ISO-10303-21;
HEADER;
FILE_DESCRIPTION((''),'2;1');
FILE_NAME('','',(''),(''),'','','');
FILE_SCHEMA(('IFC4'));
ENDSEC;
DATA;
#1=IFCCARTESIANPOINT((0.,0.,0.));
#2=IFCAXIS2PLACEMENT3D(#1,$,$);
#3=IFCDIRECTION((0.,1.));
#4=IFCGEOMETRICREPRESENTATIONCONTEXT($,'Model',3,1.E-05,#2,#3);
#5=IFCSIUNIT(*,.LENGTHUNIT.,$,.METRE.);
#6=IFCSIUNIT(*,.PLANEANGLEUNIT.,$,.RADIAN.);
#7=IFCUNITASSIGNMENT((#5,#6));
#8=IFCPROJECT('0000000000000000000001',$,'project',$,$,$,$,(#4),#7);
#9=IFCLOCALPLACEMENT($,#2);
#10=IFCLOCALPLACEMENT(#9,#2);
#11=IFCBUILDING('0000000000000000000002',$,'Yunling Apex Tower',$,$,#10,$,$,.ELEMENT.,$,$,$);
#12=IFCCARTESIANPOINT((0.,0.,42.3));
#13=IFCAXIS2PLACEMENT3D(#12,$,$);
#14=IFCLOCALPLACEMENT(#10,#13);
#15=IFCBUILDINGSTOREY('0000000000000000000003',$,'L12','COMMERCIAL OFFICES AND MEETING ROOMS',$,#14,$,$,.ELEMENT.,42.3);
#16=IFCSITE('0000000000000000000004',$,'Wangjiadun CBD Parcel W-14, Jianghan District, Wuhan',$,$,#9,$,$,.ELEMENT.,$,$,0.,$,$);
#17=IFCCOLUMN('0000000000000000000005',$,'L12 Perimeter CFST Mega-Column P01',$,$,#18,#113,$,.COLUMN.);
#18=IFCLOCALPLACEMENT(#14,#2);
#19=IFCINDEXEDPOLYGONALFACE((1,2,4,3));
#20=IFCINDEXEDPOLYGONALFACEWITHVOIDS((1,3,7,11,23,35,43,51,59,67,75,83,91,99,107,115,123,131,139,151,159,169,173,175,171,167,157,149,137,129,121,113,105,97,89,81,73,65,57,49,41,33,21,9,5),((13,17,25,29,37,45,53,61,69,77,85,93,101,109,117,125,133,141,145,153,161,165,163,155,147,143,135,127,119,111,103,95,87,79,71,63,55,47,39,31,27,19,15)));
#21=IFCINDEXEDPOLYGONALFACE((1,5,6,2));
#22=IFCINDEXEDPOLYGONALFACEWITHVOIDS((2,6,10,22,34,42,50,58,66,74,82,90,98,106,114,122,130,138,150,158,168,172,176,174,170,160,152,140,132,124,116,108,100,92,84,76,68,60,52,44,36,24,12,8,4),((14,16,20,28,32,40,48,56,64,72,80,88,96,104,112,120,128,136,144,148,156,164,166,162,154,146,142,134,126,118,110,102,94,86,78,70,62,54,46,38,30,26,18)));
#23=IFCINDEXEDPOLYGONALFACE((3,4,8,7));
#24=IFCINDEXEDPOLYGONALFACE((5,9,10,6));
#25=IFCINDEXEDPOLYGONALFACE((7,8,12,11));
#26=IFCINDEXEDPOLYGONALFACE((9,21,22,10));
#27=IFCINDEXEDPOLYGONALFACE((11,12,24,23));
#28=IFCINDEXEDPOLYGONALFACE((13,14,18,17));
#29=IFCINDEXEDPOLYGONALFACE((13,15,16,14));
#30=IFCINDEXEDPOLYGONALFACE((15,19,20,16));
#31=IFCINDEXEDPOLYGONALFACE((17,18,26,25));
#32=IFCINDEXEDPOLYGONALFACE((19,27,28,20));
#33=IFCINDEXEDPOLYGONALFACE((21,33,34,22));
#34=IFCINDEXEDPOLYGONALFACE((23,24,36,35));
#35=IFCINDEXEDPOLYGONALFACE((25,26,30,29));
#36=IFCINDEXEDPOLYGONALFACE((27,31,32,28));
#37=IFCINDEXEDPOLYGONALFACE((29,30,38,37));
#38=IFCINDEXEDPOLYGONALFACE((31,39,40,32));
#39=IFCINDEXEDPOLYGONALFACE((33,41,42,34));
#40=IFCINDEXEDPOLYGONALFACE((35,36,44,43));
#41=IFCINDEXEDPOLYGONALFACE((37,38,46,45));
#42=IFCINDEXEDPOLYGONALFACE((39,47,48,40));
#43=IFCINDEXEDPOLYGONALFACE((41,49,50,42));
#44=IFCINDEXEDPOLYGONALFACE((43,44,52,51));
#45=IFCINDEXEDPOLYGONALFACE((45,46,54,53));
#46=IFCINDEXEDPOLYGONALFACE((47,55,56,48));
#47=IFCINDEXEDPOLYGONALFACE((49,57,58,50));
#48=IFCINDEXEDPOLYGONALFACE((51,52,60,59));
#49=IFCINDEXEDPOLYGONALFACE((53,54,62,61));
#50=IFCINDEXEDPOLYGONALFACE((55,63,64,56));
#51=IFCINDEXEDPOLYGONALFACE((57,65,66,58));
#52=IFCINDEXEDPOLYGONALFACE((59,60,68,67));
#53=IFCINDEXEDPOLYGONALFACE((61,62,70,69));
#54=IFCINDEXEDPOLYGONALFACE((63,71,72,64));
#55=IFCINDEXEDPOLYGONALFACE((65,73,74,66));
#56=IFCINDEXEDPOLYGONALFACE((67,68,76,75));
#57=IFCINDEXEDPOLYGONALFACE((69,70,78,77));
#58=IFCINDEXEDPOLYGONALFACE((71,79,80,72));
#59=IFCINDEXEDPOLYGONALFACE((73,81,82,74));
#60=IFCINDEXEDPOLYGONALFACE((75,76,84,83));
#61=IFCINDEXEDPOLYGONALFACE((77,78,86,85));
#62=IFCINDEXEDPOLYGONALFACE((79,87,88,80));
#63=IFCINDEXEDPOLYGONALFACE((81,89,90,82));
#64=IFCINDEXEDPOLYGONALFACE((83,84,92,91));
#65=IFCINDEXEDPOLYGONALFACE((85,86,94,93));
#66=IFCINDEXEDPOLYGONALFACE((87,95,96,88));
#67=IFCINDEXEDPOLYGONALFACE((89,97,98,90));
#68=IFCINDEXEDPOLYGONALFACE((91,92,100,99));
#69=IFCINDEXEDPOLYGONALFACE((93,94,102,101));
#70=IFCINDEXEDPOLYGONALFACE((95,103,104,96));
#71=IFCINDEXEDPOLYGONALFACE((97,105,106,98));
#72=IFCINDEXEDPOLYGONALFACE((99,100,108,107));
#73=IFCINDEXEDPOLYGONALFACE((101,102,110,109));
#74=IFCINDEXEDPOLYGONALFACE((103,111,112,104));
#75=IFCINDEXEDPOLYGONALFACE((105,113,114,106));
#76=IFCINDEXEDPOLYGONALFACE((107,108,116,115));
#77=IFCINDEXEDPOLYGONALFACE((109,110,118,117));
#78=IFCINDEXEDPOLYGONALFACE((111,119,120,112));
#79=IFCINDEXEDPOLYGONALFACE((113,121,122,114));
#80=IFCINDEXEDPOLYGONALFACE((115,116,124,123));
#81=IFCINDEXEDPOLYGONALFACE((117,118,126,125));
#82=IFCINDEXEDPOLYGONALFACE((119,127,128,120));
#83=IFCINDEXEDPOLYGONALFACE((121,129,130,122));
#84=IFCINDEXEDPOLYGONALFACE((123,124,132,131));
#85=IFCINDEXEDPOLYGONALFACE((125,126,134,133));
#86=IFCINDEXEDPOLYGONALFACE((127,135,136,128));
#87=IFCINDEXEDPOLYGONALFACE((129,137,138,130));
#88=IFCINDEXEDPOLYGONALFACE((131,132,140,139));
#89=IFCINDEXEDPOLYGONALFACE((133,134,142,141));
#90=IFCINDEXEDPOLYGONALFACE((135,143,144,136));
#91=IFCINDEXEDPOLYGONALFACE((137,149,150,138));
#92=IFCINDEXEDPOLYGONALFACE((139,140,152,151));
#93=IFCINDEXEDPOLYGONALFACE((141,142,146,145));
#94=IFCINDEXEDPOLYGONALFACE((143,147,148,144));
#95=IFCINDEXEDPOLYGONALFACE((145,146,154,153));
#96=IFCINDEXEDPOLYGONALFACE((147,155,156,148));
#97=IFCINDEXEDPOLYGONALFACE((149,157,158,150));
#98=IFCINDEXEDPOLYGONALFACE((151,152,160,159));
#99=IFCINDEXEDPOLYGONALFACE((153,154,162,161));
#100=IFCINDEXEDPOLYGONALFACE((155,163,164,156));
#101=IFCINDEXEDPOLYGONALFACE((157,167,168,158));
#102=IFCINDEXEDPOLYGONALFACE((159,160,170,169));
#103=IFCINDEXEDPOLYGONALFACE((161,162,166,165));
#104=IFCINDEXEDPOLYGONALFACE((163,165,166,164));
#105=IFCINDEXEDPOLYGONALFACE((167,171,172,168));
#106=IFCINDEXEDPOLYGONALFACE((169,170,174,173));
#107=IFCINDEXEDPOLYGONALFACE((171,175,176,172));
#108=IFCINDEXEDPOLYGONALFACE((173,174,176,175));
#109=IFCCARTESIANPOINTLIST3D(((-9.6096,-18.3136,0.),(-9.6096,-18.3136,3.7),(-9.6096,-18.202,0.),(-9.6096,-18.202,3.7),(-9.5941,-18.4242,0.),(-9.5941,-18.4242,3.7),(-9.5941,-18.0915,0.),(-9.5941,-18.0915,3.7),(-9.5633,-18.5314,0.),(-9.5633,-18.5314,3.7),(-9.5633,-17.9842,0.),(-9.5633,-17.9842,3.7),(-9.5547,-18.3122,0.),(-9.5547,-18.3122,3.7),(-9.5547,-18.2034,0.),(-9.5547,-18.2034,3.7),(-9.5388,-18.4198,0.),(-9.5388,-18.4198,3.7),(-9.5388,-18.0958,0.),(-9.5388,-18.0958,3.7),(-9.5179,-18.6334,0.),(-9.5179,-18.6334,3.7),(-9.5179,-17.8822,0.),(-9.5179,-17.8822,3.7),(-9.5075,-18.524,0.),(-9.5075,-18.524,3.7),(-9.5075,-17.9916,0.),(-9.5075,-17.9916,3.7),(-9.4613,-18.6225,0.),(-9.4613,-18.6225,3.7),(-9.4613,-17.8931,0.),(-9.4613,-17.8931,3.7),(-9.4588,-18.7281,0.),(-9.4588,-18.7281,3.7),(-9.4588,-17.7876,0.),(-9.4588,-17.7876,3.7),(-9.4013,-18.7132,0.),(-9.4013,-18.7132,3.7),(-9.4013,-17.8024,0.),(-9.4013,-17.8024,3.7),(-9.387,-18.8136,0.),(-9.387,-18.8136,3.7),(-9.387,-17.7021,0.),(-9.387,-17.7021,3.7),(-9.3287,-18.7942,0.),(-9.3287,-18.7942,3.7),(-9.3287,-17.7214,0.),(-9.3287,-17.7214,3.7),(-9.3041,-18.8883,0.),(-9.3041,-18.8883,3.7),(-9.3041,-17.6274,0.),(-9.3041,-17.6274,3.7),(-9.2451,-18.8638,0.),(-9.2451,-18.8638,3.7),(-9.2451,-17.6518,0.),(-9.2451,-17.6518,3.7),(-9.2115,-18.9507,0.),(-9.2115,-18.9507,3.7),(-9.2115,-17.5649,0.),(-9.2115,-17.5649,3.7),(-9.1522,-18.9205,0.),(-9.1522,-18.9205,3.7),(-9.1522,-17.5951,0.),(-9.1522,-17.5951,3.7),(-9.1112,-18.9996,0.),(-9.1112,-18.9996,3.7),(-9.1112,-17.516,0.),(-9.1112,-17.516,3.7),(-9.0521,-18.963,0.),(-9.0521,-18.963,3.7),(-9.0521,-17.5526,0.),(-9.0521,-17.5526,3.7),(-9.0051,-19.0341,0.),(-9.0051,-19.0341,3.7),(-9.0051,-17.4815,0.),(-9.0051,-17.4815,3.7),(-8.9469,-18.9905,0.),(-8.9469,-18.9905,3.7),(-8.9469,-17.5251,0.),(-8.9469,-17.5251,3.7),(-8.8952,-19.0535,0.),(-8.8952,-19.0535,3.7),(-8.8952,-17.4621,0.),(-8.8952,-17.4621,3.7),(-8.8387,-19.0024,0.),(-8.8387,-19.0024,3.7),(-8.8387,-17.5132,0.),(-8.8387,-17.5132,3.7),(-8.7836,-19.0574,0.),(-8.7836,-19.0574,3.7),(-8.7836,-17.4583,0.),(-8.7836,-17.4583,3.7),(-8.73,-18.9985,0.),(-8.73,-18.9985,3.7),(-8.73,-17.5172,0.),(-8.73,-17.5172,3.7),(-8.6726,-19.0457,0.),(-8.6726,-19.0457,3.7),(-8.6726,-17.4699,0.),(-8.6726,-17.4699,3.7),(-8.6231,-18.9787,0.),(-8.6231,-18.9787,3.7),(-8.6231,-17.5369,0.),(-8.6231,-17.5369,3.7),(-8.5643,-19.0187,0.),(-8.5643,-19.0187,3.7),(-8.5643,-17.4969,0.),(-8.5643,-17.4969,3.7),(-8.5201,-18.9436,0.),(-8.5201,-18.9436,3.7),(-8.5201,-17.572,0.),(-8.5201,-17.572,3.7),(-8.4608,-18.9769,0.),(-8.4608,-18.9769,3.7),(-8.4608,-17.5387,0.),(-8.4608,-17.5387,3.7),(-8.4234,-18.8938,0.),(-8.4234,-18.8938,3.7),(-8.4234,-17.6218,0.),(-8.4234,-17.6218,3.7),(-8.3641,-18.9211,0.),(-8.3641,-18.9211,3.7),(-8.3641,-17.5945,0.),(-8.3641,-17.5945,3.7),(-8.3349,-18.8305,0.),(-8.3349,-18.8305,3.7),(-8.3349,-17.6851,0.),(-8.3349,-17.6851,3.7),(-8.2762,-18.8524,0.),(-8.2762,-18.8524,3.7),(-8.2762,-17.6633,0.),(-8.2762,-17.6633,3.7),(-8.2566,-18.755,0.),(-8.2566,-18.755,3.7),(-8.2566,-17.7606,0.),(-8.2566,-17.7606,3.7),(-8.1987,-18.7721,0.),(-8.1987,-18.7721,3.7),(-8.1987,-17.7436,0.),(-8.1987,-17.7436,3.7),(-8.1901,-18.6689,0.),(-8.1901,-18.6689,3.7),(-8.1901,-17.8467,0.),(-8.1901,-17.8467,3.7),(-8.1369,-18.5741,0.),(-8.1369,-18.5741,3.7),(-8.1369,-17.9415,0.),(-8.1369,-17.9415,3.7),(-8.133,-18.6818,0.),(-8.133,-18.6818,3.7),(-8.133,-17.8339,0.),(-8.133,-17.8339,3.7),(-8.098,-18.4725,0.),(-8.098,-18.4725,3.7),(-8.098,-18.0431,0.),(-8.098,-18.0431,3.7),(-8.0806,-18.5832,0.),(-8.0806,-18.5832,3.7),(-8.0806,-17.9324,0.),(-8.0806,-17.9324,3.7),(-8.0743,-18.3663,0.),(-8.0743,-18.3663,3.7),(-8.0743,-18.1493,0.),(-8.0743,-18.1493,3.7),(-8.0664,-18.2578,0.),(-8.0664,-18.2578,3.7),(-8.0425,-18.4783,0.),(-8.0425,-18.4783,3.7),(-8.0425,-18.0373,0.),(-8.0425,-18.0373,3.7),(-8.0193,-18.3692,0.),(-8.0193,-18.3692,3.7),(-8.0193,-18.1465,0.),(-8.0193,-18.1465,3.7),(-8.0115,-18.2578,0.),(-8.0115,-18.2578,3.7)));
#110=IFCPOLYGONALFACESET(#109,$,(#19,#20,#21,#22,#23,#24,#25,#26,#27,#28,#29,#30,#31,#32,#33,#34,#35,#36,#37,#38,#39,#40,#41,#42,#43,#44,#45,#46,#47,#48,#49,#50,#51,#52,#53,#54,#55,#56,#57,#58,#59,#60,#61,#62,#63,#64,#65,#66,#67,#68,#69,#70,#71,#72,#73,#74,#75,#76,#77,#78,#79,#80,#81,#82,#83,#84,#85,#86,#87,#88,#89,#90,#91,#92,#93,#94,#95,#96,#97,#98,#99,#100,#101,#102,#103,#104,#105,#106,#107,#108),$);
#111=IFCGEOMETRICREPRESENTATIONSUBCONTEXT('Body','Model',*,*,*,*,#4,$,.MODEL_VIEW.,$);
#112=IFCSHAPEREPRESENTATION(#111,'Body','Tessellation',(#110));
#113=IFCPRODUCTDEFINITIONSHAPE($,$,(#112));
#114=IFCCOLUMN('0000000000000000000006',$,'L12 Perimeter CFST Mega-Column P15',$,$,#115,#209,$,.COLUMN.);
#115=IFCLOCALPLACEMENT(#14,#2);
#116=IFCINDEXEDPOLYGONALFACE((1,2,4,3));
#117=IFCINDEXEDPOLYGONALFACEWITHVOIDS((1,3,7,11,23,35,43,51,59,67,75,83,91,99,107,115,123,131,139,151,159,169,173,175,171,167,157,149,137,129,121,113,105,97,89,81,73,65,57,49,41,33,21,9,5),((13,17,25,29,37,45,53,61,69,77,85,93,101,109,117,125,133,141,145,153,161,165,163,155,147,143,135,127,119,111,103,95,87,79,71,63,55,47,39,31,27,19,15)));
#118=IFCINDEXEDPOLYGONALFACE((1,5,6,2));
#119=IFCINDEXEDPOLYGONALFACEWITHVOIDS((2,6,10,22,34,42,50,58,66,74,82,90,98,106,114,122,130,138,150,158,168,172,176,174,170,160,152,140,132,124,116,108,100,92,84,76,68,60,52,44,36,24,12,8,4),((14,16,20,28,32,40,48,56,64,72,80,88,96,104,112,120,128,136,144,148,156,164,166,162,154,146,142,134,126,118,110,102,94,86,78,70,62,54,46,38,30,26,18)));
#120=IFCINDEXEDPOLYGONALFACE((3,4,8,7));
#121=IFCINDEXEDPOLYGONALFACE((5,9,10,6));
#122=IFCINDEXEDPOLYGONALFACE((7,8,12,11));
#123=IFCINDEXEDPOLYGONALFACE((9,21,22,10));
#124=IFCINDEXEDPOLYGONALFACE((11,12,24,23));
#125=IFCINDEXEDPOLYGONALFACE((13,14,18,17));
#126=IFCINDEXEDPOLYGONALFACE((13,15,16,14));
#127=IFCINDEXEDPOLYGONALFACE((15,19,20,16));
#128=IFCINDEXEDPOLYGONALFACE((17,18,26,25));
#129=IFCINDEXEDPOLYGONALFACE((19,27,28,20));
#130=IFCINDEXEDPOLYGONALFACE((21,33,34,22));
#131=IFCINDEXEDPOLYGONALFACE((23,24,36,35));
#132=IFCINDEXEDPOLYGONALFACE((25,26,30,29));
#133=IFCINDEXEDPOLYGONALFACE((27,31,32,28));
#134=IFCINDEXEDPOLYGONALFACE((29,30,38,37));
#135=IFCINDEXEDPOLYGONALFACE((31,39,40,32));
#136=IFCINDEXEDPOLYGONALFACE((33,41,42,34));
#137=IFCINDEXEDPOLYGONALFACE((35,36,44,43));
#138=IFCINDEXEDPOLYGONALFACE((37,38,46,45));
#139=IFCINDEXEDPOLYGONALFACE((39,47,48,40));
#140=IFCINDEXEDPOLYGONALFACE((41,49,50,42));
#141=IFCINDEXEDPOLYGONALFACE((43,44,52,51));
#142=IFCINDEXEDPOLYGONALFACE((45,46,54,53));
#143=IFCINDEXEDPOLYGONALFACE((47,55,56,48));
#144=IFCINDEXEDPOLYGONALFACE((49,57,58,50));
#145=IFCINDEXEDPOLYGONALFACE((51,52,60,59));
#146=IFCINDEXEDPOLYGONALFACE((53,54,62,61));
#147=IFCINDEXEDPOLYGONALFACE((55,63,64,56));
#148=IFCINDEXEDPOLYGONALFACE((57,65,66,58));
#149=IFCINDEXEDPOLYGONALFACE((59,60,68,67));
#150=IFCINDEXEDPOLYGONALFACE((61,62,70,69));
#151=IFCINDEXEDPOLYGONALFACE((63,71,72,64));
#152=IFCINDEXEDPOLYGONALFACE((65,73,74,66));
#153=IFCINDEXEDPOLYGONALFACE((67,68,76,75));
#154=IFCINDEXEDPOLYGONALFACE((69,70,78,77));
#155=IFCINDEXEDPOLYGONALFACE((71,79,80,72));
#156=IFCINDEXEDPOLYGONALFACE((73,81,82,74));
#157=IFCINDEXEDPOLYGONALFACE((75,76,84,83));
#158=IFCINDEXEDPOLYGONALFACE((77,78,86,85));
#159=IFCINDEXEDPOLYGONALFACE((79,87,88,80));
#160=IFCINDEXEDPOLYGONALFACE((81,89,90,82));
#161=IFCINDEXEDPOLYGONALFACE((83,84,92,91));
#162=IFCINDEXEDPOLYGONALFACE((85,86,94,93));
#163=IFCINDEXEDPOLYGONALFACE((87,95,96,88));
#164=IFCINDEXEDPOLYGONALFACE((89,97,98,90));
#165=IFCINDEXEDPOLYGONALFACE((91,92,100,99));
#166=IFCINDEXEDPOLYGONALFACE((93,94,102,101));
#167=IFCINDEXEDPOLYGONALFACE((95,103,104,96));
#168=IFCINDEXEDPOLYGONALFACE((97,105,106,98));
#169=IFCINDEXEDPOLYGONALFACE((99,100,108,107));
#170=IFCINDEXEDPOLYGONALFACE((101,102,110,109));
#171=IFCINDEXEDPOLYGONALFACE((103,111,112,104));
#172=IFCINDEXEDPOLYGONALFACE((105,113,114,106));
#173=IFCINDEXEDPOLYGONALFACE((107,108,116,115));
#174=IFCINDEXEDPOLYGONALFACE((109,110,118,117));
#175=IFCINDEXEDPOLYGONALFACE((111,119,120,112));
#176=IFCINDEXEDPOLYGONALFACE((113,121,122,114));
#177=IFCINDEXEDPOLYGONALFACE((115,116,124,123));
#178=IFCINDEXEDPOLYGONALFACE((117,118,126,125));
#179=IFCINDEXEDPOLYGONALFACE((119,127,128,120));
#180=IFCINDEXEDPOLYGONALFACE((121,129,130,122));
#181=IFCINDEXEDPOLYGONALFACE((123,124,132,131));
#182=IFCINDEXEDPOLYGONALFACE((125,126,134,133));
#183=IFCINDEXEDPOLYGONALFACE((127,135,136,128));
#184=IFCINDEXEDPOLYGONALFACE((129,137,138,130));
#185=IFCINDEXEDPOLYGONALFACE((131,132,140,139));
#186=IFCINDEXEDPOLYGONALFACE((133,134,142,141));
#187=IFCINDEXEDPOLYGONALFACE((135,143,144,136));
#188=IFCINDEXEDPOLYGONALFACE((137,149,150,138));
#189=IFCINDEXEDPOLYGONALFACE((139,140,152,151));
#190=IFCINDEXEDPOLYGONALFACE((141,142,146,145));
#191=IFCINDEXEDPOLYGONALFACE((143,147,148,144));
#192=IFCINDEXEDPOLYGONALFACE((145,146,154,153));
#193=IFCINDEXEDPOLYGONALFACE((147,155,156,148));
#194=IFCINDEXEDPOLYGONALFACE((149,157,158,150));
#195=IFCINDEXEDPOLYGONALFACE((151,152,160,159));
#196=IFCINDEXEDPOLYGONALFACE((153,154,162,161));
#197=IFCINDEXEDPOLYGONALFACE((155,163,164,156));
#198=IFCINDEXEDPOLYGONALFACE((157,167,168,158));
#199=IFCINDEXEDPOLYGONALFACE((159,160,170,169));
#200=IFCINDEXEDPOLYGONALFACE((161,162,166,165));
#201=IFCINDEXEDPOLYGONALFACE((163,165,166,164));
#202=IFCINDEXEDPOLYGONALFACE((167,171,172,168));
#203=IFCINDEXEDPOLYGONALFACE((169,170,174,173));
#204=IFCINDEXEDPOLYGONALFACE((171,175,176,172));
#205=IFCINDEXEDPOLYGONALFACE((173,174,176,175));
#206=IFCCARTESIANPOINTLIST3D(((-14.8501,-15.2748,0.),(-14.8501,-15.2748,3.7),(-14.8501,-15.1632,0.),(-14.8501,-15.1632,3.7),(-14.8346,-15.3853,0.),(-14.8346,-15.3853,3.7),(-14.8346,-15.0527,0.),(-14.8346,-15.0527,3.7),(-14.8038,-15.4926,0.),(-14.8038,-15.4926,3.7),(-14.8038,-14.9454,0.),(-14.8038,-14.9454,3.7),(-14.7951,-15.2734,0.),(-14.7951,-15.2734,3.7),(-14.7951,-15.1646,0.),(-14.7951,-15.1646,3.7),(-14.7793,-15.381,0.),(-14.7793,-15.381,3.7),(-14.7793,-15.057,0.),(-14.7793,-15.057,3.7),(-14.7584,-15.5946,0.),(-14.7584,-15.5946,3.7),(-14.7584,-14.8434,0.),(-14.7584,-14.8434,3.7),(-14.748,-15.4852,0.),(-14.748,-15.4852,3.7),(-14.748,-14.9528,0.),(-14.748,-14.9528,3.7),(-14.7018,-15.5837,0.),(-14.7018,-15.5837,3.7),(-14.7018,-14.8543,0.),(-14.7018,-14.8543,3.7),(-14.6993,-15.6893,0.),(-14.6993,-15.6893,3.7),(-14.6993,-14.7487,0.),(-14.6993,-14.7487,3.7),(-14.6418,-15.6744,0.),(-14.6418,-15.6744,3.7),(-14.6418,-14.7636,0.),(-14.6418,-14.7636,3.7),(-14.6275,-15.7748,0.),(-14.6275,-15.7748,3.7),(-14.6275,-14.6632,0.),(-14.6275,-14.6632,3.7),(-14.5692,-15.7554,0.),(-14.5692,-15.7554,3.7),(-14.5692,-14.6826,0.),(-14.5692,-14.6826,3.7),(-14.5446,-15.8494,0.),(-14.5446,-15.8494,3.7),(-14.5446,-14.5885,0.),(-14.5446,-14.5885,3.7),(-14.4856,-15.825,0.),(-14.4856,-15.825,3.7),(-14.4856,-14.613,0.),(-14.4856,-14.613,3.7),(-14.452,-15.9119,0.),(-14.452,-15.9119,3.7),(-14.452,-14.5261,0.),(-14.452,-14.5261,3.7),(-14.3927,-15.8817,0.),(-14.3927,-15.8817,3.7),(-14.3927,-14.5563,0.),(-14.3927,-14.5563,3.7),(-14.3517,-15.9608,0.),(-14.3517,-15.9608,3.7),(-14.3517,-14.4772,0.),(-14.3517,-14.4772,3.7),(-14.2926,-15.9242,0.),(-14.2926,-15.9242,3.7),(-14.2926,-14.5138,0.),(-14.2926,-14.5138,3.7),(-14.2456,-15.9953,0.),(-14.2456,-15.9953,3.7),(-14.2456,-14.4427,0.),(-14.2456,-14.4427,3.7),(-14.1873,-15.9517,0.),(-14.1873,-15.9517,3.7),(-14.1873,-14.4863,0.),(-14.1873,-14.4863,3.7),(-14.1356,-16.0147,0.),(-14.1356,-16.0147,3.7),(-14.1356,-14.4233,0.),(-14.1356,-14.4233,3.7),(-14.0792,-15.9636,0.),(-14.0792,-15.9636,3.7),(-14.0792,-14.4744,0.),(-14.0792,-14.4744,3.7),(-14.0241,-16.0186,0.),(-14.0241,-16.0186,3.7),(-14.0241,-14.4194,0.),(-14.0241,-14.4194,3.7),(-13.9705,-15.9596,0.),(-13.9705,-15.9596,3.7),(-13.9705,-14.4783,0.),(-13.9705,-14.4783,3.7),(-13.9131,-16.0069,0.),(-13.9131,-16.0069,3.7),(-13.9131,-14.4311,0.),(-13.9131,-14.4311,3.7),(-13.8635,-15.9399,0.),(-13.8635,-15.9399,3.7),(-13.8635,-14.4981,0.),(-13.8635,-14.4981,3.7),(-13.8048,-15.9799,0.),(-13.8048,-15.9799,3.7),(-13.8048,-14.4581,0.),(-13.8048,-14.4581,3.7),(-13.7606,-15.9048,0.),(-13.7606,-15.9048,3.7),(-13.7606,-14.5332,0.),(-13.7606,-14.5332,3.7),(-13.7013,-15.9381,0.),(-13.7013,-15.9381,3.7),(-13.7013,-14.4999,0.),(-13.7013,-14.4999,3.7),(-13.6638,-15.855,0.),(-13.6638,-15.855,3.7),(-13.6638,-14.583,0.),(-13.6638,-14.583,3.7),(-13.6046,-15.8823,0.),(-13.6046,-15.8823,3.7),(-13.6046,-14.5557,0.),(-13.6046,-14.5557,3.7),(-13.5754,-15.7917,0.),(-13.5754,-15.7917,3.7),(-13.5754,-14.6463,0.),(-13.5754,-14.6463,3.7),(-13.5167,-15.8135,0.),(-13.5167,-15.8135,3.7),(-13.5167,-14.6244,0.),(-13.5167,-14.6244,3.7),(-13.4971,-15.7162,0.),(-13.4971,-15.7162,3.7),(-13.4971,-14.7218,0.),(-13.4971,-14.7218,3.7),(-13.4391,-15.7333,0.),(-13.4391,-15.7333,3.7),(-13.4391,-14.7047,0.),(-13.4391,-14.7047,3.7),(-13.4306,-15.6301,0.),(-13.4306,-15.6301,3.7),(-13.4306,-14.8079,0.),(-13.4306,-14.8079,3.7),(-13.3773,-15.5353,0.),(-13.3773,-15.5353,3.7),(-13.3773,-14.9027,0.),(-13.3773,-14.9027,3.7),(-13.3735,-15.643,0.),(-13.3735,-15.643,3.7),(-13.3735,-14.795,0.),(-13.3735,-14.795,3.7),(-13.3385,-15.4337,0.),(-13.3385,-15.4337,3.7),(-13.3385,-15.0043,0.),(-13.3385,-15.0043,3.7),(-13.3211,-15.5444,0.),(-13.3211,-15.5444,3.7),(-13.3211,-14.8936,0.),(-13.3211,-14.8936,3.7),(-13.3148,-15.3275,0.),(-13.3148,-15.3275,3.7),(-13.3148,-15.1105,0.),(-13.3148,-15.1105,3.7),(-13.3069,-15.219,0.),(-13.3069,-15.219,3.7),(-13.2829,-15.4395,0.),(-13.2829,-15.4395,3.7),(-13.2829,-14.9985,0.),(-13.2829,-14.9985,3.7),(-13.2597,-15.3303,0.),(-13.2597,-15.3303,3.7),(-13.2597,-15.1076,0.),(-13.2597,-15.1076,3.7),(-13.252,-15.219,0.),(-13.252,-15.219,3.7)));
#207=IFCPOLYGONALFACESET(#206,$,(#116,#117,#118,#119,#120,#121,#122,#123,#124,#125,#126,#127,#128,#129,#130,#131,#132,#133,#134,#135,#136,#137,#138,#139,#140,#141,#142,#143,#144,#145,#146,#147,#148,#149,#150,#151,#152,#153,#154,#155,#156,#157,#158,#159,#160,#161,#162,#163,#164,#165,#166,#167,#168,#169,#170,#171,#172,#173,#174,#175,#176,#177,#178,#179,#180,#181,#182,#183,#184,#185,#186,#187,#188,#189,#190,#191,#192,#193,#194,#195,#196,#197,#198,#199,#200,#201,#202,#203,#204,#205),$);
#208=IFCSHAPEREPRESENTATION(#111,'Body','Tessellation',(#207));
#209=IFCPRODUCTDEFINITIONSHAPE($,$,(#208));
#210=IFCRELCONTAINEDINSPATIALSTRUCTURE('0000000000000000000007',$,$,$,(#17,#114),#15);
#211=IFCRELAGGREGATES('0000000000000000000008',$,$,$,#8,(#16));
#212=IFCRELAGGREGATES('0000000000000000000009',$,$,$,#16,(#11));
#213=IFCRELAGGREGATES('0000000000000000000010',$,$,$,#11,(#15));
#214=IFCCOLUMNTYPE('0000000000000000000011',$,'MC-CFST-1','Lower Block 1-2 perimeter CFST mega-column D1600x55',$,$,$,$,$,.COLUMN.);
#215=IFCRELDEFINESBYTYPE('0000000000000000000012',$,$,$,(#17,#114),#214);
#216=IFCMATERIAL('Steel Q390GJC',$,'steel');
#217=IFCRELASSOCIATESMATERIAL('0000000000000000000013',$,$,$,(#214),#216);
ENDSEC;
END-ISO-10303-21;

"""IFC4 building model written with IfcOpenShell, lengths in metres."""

from ifc_helpers import new_model, si_unit, direction, frame, origin, origin_2d, place, context, subcontext, project, spatial, hollow_circle, extrude, source, transform, mapped, material, material_profile, profile_set, type_object, element, save


model = new_model("IFC4")

# Units and contexts
model_context = context("Model", 3, precision=1e-05, world=origin(), true_north=direction((0.0, 1.0)))
body_context = subcontext(model_context, "Body", "Model", "MODEL_VIEW")
ifc_project = project(units=[si_unit("LENGTHUNIT", "METRE"), si_unit("PLANEANGLEUNIT", "RADIAN")], contexts=[model_context])

# Site, building, storey
site_placement = place(None, origin())
site = spatial("IfcSite", under=ifc_project, at=site_placement, Name="Wangjiadun CBD Parcel W-14, Jianghan District, Wuhan", CompositionType="ELEMENT", RefElevation=0.0)
building_placement = place(site_placement, origin())
building = spatial("IfcBuilding", under=site, at=building_placement, Name="Yunling Apex Tower", CompositionType="ELEMENT")
storey_placement = place(building_placement, frame((0.0, 0.0, 42.3)))
storey = spatial("IfcBuildingStorey", under=building, at=storey_placement, Name="L12", Description="COMMERCIAL OFFICES AND MEETING ROOMS", CompositionType="ELEMENT", Elevation=42.3)

# Columns
ifc_material_1 = material(Name="Steel Q390GJC", Category="steel")
ifc_material_profile_1 = material_profile(ifc_material_1, hollow_circle(Radius=0.8, WallThickness=0.0549, at=origin_2d()))
ifc_profile_set_1 = profile_set([ifc_material_profile_1], Name="Steel Q390GJC")
column_type = type_object("IfcColumnType", Name="MC-CFST-1", Description="Lower Block 1-2 perimeter CFST mega-column D1600x55", PredefinedType="COLUMN", material=ifc_profile_set_1)
shared_shape_1 = source(origin(), body_context, "Body", "SweptSolid", [
    extrude(hollow_circle(Radius=0.8, WallThickness=0.0549, at=origin_2d()), origin(), (0.0, 0.0, 1.0), 3.7),
])
for number, where, z_axis, x_axis, name in (
    (1, (-8.8115, -18.2578, 0.0), (0.0, 0.0, 1.0), (1.0, 0.0, 0.0), "L12 Perimeter CFST Mega-Column P01"),
    (2, (-14.052, -15.219, 0.0), (0.0, 0.0, 1.0), (1.0, 0.0, 0.0), "L12 Perimeter CFST Mega-Column P15"),
):
    element("IfcColumn", number, at=place(storey_placement, frame(where, z_axis=z_axis, x_axis=x_axis)), inside=storey, type_object=column_type, Name=name, PredefinedType="COLUMN", context=body_context, shape_type="MappedRepresentation", body=[
        mapped(shared_shape_1, transform((0.0, 0.0, 0.0), scale=1.0)),
    ])

save(model, "model.ifc")
